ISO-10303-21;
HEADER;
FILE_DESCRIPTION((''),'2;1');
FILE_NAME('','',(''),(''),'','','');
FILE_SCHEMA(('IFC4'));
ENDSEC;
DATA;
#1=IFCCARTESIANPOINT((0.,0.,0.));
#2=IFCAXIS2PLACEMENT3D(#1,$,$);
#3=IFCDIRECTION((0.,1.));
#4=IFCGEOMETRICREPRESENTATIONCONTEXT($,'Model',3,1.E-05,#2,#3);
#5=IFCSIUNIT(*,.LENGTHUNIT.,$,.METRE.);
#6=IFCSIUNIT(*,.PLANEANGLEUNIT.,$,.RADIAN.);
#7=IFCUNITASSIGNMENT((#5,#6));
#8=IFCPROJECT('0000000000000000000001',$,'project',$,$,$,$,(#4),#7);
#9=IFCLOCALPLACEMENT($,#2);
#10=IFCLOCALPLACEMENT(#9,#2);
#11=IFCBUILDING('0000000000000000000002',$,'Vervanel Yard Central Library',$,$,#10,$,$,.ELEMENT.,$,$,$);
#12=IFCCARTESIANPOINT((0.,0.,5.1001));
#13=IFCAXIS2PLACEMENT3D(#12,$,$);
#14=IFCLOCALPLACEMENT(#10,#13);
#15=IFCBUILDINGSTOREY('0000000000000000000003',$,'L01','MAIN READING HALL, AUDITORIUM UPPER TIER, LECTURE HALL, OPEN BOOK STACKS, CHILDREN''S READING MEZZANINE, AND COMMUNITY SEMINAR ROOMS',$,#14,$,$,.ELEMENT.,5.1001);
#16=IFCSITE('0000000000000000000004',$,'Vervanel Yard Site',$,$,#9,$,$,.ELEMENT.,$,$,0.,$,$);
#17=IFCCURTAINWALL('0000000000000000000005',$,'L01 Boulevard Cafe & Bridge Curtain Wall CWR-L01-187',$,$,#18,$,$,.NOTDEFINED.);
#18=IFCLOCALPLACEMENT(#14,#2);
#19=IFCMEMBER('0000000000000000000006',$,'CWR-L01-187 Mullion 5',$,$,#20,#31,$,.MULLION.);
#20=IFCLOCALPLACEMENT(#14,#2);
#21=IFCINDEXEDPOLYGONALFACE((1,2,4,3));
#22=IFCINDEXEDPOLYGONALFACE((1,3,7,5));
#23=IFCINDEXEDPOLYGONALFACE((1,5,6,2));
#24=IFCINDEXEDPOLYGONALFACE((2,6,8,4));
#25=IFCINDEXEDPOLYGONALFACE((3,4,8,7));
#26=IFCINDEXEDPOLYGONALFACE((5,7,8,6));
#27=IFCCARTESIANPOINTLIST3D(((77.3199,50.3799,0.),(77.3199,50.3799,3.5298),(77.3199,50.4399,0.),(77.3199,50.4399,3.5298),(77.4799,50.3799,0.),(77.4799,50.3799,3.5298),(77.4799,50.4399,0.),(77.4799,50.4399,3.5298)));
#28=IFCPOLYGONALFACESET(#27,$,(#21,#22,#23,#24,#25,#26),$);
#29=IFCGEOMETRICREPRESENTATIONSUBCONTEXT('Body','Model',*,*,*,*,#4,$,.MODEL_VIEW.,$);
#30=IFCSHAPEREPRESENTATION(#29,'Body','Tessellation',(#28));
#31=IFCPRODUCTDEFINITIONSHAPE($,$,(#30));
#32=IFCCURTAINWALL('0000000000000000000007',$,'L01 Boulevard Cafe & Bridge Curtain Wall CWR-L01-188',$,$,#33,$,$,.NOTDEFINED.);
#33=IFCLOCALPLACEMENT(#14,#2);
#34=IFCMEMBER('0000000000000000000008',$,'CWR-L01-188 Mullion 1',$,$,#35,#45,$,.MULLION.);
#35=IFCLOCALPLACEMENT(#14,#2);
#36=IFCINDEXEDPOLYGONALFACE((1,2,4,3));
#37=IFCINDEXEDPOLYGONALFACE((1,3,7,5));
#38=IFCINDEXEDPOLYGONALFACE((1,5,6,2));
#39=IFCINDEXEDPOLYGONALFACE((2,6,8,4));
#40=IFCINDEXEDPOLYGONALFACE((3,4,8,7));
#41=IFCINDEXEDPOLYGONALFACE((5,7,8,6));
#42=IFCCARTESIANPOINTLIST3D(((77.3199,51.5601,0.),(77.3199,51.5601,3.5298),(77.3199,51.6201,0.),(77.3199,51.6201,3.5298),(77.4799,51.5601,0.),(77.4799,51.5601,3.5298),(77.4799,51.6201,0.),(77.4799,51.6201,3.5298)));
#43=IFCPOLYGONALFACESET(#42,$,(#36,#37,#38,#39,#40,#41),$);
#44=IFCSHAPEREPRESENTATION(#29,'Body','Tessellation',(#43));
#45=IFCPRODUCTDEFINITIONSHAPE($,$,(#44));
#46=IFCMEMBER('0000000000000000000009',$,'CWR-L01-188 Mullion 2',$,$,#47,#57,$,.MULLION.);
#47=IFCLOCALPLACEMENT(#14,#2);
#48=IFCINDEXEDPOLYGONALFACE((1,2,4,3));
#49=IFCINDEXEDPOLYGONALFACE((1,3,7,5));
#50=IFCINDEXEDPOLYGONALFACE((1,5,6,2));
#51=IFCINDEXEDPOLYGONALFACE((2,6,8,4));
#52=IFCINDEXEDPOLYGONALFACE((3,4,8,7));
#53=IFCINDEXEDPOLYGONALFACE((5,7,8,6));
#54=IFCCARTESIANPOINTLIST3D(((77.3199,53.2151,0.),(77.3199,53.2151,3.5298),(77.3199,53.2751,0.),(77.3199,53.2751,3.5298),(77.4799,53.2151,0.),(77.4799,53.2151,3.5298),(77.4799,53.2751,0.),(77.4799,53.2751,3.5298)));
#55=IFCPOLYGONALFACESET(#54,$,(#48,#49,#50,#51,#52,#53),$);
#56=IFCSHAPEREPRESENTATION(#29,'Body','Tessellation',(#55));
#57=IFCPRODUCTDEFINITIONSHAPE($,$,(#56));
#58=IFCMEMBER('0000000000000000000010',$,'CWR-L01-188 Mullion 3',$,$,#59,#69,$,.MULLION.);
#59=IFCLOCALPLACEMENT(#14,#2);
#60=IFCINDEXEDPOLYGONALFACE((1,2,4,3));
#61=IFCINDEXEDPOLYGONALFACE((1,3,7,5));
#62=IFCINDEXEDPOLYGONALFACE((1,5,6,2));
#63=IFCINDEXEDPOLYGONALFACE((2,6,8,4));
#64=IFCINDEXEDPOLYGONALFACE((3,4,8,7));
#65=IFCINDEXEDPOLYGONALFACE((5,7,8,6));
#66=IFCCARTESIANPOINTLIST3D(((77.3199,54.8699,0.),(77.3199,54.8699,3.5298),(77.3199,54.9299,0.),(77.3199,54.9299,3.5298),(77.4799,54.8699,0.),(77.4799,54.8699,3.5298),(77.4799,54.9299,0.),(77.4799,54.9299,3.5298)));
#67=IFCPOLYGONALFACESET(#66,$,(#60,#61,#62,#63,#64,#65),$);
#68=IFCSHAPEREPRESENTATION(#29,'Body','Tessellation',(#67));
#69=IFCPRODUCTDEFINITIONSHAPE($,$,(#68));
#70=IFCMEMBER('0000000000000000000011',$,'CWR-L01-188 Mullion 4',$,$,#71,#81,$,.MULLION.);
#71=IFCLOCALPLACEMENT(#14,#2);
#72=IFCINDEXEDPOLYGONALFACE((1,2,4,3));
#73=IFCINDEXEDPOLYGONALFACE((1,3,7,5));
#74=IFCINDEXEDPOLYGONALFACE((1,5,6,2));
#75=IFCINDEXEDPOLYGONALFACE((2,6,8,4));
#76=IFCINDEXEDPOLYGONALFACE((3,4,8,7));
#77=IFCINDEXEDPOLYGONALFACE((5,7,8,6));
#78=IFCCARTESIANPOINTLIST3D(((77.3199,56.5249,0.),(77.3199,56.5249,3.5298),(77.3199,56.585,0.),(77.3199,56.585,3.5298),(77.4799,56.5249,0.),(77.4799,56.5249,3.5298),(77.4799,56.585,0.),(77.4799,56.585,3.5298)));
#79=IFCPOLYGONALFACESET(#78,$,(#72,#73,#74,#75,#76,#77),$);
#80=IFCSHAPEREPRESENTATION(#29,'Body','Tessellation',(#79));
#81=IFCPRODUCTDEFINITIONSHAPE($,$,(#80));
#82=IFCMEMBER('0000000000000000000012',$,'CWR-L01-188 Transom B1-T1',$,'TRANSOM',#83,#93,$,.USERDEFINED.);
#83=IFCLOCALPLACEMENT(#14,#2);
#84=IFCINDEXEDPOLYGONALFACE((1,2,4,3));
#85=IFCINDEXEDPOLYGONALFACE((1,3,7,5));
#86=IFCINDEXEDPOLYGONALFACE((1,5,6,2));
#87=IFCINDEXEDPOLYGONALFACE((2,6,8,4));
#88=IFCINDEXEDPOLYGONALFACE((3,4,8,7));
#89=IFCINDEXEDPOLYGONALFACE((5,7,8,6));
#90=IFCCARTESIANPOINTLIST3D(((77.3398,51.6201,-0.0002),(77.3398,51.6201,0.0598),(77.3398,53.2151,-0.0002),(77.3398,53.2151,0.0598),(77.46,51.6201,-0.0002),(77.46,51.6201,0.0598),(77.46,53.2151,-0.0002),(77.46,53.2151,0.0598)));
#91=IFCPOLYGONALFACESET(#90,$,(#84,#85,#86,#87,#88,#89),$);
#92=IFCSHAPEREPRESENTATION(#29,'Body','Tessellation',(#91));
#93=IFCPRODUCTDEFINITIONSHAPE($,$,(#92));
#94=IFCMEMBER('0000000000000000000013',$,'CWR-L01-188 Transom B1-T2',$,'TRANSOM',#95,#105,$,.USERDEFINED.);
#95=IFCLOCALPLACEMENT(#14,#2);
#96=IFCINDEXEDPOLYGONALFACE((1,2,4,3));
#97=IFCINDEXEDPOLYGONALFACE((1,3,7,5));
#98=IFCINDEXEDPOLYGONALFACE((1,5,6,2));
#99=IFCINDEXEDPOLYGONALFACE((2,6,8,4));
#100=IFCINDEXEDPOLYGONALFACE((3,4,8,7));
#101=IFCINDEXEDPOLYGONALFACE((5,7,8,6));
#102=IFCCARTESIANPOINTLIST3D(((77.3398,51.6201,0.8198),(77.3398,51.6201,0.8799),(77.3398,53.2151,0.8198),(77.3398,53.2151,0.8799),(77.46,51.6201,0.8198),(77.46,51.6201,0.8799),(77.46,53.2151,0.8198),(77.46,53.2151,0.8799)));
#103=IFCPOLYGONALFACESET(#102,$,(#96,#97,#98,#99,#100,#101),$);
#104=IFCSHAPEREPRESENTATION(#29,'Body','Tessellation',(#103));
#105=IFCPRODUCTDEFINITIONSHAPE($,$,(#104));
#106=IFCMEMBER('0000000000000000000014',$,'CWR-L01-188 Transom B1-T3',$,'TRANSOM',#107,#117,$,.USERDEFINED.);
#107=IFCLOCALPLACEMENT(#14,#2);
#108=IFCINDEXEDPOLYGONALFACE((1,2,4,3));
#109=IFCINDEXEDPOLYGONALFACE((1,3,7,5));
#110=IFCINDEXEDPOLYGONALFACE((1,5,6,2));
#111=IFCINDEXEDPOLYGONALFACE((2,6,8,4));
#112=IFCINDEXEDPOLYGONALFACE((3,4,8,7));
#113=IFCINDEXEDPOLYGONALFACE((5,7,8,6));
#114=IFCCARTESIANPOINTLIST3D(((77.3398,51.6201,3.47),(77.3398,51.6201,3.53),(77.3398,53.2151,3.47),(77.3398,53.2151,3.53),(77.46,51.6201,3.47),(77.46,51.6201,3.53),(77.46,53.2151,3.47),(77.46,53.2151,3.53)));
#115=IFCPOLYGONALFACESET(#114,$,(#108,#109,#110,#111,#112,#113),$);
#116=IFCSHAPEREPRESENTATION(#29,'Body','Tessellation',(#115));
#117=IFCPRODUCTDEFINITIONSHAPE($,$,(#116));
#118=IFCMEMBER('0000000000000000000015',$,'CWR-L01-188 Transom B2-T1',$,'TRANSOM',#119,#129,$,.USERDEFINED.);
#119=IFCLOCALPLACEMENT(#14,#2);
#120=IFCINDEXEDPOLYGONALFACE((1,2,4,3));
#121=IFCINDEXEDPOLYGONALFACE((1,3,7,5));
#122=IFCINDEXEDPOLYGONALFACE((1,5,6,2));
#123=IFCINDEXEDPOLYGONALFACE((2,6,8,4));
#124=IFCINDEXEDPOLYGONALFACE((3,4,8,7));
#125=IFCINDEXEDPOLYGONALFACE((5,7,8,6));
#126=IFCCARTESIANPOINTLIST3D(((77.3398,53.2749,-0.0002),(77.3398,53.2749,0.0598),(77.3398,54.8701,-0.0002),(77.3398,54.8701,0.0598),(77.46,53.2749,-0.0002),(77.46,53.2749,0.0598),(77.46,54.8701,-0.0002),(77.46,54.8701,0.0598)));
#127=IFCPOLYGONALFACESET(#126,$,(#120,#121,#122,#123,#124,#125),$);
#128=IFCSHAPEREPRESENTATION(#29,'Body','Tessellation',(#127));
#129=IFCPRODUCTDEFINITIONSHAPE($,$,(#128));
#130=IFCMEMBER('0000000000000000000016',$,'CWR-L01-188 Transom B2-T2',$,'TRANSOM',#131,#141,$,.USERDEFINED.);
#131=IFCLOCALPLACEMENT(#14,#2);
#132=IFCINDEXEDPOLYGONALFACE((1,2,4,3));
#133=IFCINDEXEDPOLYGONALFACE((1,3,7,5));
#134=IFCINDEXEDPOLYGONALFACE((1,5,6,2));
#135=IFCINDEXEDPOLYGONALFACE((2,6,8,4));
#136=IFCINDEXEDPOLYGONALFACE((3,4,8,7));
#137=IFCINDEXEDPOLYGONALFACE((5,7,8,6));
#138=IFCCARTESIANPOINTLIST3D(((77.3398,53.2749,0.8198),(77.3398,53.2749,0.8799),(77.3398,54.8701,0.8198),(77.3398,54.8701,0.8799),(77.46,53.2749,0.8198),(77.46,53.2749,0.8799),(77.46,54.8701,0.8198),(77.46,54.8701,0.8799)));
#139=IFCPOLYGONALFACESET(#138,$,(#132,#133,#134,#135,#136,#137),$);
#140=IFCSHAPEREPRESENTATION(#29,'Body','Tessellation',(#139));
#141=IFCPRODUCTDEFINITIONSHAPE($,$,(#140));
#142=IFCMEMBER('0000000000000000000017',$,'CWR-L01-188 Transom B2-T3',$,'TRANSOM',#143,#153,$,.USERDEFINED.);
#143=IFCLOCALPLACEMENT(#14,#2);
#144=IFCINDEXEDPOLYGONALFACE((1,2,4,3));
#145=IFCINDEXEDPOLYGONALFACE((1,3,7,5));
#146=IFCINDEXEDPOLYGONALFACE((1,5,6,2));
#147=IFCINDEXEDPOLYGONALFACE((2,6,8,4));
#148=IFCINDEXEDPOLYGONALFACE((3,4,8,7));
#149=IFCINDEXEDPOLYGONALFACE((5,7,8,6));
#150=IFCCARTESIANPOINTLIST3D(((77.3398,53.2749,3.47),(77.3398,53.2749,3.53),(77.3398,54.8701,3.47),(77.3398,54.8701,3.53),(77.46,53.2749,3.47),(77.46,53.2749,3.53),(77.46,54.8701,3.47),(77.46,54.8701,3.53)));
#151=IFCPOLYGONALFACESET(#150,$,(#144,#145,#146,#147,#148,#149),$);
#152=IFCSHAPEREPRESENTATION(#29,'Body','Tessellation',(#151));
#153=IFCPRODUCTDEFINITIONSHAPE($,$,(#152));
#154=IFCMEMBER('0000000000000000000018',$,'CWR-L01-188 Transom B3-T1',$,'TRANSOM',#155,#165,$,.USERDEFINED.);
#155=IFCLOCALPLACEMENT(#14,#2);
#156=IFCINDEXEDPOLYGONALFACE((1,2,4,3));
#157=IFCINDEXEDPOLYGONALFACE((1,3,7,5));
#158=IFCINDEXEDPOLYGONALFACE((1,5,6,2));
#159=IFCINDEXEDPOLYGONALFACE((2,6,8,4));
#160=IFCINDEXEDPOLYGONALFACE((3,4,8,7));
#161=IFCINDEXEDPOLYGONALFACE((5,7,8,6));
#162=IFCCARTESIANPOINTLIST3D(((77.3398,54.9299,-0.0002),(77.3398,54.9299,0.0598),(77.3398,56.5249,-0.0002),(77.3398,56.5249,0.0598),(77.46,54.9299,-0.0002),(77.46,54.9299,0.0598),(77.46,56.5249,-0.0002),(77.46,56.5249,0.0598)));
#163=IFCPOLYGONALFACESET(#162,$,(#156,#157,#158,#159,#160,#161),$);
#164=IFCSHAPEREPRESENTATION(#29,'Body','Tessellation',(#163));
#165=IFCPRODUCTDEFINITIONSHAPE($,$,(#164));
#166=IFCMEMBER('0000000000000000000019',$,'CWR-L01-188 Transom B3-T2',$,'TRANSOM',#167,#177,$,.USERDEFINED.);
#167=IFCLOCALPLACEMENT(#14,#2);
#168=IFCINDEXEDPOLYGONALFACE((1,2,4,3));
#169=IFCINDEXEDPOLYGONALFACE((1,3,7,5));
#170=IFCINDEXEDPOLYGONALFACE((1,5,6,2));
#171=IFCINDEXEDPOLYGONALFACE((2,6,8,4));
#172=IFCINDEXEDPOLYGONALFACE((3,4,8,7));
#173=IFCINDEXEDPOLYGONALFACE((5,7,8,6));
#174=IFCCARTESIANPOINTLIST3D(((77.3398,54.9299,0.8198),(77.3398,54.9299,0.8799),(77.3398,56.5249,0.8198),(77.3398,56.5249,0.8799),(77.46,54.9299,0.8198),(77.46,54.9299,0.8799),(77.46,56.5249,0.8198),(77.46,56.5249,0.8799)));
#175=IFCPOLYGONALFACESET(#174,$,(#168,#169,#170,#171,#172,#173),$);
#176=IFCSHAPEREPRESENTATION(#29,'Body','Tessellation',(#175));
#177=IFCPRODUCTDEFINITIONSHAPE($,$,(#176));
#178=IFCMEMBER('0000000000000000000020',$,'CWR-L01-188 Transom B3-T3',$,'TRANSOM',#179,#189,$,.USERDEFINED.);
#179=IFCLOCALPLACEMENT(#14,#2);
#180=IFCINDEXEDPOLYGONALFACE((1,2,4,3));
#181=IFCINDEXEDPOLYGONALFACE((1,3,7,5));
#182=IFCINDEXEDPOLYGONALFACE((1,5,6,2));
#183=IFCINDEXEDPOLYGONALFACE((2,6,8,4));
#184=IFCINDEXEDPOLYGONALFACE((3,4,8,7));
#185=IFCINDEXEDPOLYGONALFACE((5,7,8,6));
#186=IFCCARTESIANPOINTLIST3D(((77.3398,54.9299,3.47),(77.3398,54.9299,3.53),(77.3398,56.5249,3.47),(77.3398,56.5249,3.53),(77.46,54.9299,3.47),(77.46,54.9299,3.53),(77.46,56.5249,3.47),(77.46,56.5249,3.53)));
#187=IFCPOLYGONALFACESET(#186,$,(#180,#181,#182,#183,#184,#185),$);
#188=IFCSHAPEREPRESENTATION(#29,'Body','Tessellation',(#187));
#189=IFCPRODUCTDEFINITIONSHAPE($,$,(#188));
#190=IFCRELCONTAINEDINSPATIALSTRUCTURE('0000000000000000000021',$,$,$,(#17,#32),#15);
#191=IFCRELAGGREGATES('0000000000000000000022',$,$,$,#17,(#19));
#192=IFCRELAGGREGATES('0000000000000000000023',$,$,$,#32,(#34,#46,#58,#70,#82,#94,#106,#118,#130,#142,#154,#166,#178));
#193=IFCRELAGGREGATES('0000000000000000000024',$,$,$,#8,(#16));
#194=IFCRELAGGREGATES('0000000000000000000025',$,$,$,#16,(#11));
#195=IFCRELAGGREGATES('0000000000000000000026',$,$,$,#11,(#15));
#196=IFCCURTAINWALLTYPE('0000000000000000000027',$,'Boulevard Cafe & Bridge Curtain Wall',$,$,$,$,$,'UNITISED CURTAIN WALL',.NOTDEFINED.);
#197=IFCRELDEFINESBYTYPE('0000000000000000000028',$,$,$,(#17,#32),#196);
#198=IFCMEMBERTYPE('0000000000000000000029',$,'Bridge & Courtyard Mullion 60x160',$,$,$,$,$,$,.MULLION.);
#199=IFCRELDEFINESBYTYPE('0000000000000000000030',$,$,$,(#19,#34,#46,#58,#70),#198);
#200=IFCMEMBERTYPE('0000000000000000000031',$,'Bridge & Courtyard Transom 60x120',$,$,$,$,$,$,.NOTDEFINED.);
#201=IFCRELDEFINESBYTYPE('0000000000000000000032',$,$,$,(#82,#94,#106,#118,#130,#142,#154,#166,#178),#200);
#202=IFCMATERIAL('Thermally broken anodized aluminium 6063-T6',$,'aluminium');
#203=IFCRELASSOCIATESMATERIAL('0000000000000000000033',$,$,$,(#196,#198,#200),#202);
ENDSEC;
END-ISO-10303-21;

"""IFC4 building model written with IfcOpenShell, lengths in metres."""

from ifc_helpers import new_model, si_unit, direction, frame, origin, origin_2d, place, context, subcontext, project, spatial, rectangle, extrude, material, material_profile, profile_set, type_object, element, aggregate, save


model = new_model("IFC4")

# Units and contexts
model_context = context("Model", 3, precision=1e-05, world=origin(), true_north=direction((0.0, 1.0)))
body_context = subcontext(model_context, "Body", "Model", "MODEL_VIEW")
ifc_project = project(units=[si_unit("LENGTHUNIT", "METRE"), si_unit("PLANEANGLEUNIT", "RADIAN")], contexts=[model_context])

# Site, building, storey
site_placement = place(None, origin())
site = spatial("IfcSite", under=ifc_project, at=site_placement, Name="Vervanel Yard Site", CompositionType="ELEMENT", RefElevation=0.0)
building_placement = place(site_placement, origin())
building = spatial("IfcBuilding", under=site, at=building_placement, Name="Vervanel Yard Central Library", CompositionType="ELEMENT")
storey_placement = place(building_placement, frame((0.0, 0.0, 5.1001)))
storey = spatial("IfcBuildingStorey", under=building, at=storey_placement, Name="L01", Description="MAIN READING HALL, AUDITORIUM UPPER TIER, LECTURE HALL, OPEN BOOK STACKS, CHILDREN'S READING MEZZANINE, AND COMMUNITY SEMINAR ROOMS", CompositionType="ELEMENT", Elevation=5.1001)

# Curtain wall, member
ifc_material_1 = material(Name="Thermally broken anodized aluminium 6063-T6", Category="aluminium")
curtain_wall_type = type_object("IfcCurtainWallType", Name="Boulevard Cafe & Bridge Curtain Wall", ElementType="UNITISED CURTAIN WALL", PredefinedType="NOTDEFINED", material=ifc_material_1)
curtain_wall_1_placement = place(storey_placement, origin())
curtain_wall_1 = element("IfcCurtainWall", 1, at=curtain_wall_1_placement, inside=storey, type_object=curtain_wall_type, Name="L01 Boulevard Cafe & Bridge Curtain Wall CWR-L01-187", PredefinedType="NOTDEFINED")
ifc_material_profile_1 = material_profile(ifc_material_1, rectangle(XDim=0.0601, YDim=0.1599, at=origin_2d()), Name="ALU 60x160", Category="aluminium")
ifc_profile_set_1 = profile_set([ifc_material_profile_1], Name="Thermally broken anodized aluminium 6063-T6")
member_type_1 = type_object("IfcMemberType", Name="Bridge & Courtyard Mullion 60x160", PredefinedType="MULLION", material=ifc_profile_set_1)
member_1_placement = place(storey_placement, frame((77.3999, 50.4099, 0.0), z_axis=(0.0, 0.0, 1.0), x_axis=(0.0, 1.0, 0.0)))
member_1 = element("IfcMember", 2, at=member_1_placement, type_object=member_type_1, Name="CWR-L01-187 Mullion 5", PredefinedType="MULLION", context=body_context, shape_type="SweptSolid", body=[
    extrude(rectangle(XDim=0.0601, YDim=0.1599, at=origin_2d()), origin(), (0.0, 0.0, 1.0), 3.5298),
])
aggregate(curtain_wall_1, [member_1])

# Curtain wall, members
curtain_wall_2_placement = place(storey_placement, origin())
curtain_wall_2 = element("IfcCurtainWall", 3, at=curtain_wall_2_placement, inside=storey, type_object=curtain_wall_type, Name="L01 Boulevard Cafe & Bridge Curtain Wall CWR-L01-188", PredefinedType="NOTDEFINED")
member_2_placement = place(storey_placement, frame((77.3999, 51.5901, 0.0), z_axis=(0.0, 0.0, 1.0), x_axis=(0.0, 1.0, 0.0)))
member_2 = element("IfcMember", 4, at=member_2_placement, type_object=member_type_1, Name="CWR-L01-188 Mullion 1", PredefinedType="MULLION", context=body_context, shape_type="SweptSolid", body=[
    extrude(rectangle(XDim=0.0601, YDim=0.1599, at=origin_2d()), origin(), (0.0, 0.0, 1.0), 3.5298),
])
member_3_placement = place(storey_placement, frame((77.3999, 53.2451, 0.0), z_axis=(0.0, 0.0, 1.0), x_axis=(0.0, 1.0, 0.0)))
member_3 = element("IfcMember", 5, at=member_3_placement, type_object=member_type_1, Name="CWR-L01-188 Mullion 2", PredefinedType="MULLION", context=body_context, shape_type="SweptSolid", body=[
    extrude(rectangle(XDim=0.0601, YDim=0.1599, at=origin_2d()), origin(), (0.0, 0.0, 1.0), 3.5298),
])
member_4_placement = place(storey_placement, frame((77.3999, 54.8999, 0.0), z_axis=(0.0, 0.0, 1.0), x_axis=(0.0, 1.0, 0.0)))
member_4 = element("IfcMember", 6, at=member_4_placement, type_object=member_type_1, Name="CWR-L01-188 Mullion 3", PredefinedType="MULLION", context=body_context, shape_type="SweptSolid", body=[
    extrude(rectangle(XDim=0.0601, YDim=0.1599, at=origin_2d()), origin(), (0.0, 0.0, 1.0), 3.5298),
])
member_5_placement = place(storey_placement, frame((77.3999, 56.5549, 0.0), z_axis=(0.0, 0.0, 1.0), x_axis=(0.0, 1.0, 0.0)))
member_5 = element("IfcMember", 7, at=member_5_placement, type_object=member_type_1, Name="CWR-L01-188 Mullion 4", PredefinedType="MULLION", context=body_context, shape_type="SweptSolid", body=[
    extrude(rectangle(XDim=0.0601, YDim=0.1599, at=origin_2d()), origin(), (0.0, 0.0, 1.0), 3.5298),
])
ifc_material_profile_2 = material_profile(ifc_material_1, rectangle(XDim=0.0601, YDim=0.1201, at=origin_2d()), Name="ALU 60x120", Category="aluminium")
ifc_profile_set_2 = profile_set([ifc_material_profile_2], Name="Thermally broken anodized aluminium 6063-T6")
member_type_2 = type_object("IfcMemberType", Name="Bridge & Courtyard Transom 60x120", PredefinedType="NOTDEFINED", material=ifc_profile_set_2)
member_6_placement = place(storey_placement, frame((77.3999, 51.6201, 0.0298), z_axis=(0.0, 1.0, 0.0), x_axis=(0.0, 0.0, 1.0)))
member_6 = element("IfcMember", 8, at=member_6_placement, type_object=member_type_2, Name="CWR-L01-188 Transom B1-T1", ObjectType="TRANSOM", PredefinedType="USERDEFINED", context=body_context, shape_type="SweptSolid", body=[
    extrude(rectangle(XDim=0.0601, YDim=0.1201, at=origin_2d()), origin(), (0.0, 0.0, 1.0), 1.595),
])
member_7_placement = place(storey_placement, frame((77.3999, 51.6201, 0.8499), z_axis=(0.0, 1.0, 0.0), x_axis=(0.0, 0.0, 1.0)))
member_7 = element("IfcMember", 9, at=member_7_placement, type_object=member_type_2, Name="CWR-L01-188 Transom B1-T2", ObjectType="TRANSOM", PredefinedType="USERDEFINED", context=body_context, shape_type="SweptSolid", body=[
    extrude(rectangle(XDim=0.0601, YDim=0.1201, at=origin_2d()), origin(), (0.0, 0.0, 1.0), 1.595),
])
member_8_placement = place(storey_placement, frame((77.3999, 51.6201, 3.5), z_axis=(0.0, 1.0, 0.0), x_axis=(0.0, 0.0, 1.0)))
member_8 = element("IfcMember", 10, at=member_8_placement, type_object=member_type_2, Name="CWR-L01-188 Transom B1-T3", ObjectType="TRANSOM", PredefinedType="USERDEFINED", context=body_context, shape_type="SweptSolid", body=[
    extrude(rectangle(XDim=0.0601, YDim=0.1201, at=origin_2d()), origin(), (0.0, 0.0, 1.0), 1.595),
])
member_9_placement = place(storey_placement, frame((77.3999, 53.2749, 0.0298), z_axis=(0.0, 1.0, 0.0), x_axis=(0.0, 0.0, 1.0)))
member_9 = element("IfcMember", 11, at=member_9_placement, type_object=member_type_2, Name="CWR-L01-188 Transom B2-T1", ObjectType="TRANSOM", PredefinedType="USERDEFINED", context=body_context, shape_type="SweptSolid", body=[
    extrude(rectangle(XDim=0.0601, YDim=0.1201, at=origin_2d()), origin(), (0.0, 0.0, 1.0), 1.5952),
])
member_10_placement = place(storey_placement, frame((77.3999, 53.2749, 0.8499), z_axis=(0.0, 1.0, 0.0), x_axis=(0.0, 0.0, 1.0)))
member_10 = element("IfcMember", 12, at=member_10_placement, type_object=member_type_2, Name="CWR-L01-188 Transom B2-T2", ObjectType="TRANSOM", PredefinedType="USERDEFINED", context=body_context, shape_type="SweptSolid", body=[
    extrude(rectangle(XDim=0.0601, YDim=0.1201, at=origin_2d()), origin(), (0.0, 0.0, 1.0), 1.5952),
])
member_11_placement = place(storey_placement, frame((77.3999, 53.2749, 3.5), z_axis=(0.0, 1.0, 0.0), x_axis=(0.0, 0.0, 1.0)))
member_11 = element("IfcMember", 13, at=member_11_placement, type_object=member_type_2, Name="CWR-L01-188 Transom B2-T3", ObjectType="TRANSOM", PredefinedType="USERDEFINED", context=body_context, shape_type="SweptSolid", body=[
    extrude(rectangle(XDim=0.0601, YDim=0.1201, at=origin_2d()), origin(), (0.0, 0.0, 1.0), 1.5952),
])
member_12_placement = place(storey_placement, frame((77.3999, 54.9299, 0.0298), z_axis=(0.0, 1.0, 0.0), x_axis=(0.0, 0.0, 1.0)))
member_12 = element("IfcMember", 14, at=member_12_placement, type_object=member_type_2, Name="CWR-L01-188 Transom B3-T1", ObjectType="TRANSOM", PredefinedType="USERDEFINED", context=body_context, shape_type="SweptSolid", body=[
    extrude(rectangle(XDim=0.0601, YDim=0.1201, at=origin_2d()), origin(), (0.0, 0.0, 1.0), 1.595),
])
member_13_placement = place(storey_placement, frame((77.3999, 54.9299, 0.8499), z_axis=(0.0, 1.0, 0.0), x_axis=(0.0, 0.0, 1.0)))
member_13 = element("IfcMember", 15, at=member_13_placement, type_object=member_type_2, Name="CWR-L01-188 Transom B3-T2", ObjectType="TRANSOM", PredefinedType="USERDEFINED", context=body_context, shape_type="SweptSolid", body=[
    extrude(rectangle(XDim=0.0601, YDim=0.1201, at=origin_2d()), origin(), (0.0, 0.0, 1.0), 1.595),
])
member_14_placement = place(storey_placement, frame((77.3999, 54.9299, 3.5), z_axis=(0.0, 1.0, 0.0), x_axis=(0.0, 0.0, 1.0)))
member_14 = element("IfcMember", 16, at=member_14_placement, type_object=member_type_2, Name="CWR-L01-188 Transom B3-T3", ObjectType="TRANSOM", PredefinedType="USERDEFINED", context=body_context, shape_type="SweptSolid", body=[
    extrude(rectangle(XDim=0.0601, YDim=0.1201, at=origin_2d()), origin(), (0.0, 0.0, 1.0), 1.595),
])

aggregate(curtain_wall_2, [member_2, member_3, member_4, member_5, member_6, member_7, member_8, member_9, member_10, member_11, member_12, member_13, member_14])

save(model, "model.ifc")
